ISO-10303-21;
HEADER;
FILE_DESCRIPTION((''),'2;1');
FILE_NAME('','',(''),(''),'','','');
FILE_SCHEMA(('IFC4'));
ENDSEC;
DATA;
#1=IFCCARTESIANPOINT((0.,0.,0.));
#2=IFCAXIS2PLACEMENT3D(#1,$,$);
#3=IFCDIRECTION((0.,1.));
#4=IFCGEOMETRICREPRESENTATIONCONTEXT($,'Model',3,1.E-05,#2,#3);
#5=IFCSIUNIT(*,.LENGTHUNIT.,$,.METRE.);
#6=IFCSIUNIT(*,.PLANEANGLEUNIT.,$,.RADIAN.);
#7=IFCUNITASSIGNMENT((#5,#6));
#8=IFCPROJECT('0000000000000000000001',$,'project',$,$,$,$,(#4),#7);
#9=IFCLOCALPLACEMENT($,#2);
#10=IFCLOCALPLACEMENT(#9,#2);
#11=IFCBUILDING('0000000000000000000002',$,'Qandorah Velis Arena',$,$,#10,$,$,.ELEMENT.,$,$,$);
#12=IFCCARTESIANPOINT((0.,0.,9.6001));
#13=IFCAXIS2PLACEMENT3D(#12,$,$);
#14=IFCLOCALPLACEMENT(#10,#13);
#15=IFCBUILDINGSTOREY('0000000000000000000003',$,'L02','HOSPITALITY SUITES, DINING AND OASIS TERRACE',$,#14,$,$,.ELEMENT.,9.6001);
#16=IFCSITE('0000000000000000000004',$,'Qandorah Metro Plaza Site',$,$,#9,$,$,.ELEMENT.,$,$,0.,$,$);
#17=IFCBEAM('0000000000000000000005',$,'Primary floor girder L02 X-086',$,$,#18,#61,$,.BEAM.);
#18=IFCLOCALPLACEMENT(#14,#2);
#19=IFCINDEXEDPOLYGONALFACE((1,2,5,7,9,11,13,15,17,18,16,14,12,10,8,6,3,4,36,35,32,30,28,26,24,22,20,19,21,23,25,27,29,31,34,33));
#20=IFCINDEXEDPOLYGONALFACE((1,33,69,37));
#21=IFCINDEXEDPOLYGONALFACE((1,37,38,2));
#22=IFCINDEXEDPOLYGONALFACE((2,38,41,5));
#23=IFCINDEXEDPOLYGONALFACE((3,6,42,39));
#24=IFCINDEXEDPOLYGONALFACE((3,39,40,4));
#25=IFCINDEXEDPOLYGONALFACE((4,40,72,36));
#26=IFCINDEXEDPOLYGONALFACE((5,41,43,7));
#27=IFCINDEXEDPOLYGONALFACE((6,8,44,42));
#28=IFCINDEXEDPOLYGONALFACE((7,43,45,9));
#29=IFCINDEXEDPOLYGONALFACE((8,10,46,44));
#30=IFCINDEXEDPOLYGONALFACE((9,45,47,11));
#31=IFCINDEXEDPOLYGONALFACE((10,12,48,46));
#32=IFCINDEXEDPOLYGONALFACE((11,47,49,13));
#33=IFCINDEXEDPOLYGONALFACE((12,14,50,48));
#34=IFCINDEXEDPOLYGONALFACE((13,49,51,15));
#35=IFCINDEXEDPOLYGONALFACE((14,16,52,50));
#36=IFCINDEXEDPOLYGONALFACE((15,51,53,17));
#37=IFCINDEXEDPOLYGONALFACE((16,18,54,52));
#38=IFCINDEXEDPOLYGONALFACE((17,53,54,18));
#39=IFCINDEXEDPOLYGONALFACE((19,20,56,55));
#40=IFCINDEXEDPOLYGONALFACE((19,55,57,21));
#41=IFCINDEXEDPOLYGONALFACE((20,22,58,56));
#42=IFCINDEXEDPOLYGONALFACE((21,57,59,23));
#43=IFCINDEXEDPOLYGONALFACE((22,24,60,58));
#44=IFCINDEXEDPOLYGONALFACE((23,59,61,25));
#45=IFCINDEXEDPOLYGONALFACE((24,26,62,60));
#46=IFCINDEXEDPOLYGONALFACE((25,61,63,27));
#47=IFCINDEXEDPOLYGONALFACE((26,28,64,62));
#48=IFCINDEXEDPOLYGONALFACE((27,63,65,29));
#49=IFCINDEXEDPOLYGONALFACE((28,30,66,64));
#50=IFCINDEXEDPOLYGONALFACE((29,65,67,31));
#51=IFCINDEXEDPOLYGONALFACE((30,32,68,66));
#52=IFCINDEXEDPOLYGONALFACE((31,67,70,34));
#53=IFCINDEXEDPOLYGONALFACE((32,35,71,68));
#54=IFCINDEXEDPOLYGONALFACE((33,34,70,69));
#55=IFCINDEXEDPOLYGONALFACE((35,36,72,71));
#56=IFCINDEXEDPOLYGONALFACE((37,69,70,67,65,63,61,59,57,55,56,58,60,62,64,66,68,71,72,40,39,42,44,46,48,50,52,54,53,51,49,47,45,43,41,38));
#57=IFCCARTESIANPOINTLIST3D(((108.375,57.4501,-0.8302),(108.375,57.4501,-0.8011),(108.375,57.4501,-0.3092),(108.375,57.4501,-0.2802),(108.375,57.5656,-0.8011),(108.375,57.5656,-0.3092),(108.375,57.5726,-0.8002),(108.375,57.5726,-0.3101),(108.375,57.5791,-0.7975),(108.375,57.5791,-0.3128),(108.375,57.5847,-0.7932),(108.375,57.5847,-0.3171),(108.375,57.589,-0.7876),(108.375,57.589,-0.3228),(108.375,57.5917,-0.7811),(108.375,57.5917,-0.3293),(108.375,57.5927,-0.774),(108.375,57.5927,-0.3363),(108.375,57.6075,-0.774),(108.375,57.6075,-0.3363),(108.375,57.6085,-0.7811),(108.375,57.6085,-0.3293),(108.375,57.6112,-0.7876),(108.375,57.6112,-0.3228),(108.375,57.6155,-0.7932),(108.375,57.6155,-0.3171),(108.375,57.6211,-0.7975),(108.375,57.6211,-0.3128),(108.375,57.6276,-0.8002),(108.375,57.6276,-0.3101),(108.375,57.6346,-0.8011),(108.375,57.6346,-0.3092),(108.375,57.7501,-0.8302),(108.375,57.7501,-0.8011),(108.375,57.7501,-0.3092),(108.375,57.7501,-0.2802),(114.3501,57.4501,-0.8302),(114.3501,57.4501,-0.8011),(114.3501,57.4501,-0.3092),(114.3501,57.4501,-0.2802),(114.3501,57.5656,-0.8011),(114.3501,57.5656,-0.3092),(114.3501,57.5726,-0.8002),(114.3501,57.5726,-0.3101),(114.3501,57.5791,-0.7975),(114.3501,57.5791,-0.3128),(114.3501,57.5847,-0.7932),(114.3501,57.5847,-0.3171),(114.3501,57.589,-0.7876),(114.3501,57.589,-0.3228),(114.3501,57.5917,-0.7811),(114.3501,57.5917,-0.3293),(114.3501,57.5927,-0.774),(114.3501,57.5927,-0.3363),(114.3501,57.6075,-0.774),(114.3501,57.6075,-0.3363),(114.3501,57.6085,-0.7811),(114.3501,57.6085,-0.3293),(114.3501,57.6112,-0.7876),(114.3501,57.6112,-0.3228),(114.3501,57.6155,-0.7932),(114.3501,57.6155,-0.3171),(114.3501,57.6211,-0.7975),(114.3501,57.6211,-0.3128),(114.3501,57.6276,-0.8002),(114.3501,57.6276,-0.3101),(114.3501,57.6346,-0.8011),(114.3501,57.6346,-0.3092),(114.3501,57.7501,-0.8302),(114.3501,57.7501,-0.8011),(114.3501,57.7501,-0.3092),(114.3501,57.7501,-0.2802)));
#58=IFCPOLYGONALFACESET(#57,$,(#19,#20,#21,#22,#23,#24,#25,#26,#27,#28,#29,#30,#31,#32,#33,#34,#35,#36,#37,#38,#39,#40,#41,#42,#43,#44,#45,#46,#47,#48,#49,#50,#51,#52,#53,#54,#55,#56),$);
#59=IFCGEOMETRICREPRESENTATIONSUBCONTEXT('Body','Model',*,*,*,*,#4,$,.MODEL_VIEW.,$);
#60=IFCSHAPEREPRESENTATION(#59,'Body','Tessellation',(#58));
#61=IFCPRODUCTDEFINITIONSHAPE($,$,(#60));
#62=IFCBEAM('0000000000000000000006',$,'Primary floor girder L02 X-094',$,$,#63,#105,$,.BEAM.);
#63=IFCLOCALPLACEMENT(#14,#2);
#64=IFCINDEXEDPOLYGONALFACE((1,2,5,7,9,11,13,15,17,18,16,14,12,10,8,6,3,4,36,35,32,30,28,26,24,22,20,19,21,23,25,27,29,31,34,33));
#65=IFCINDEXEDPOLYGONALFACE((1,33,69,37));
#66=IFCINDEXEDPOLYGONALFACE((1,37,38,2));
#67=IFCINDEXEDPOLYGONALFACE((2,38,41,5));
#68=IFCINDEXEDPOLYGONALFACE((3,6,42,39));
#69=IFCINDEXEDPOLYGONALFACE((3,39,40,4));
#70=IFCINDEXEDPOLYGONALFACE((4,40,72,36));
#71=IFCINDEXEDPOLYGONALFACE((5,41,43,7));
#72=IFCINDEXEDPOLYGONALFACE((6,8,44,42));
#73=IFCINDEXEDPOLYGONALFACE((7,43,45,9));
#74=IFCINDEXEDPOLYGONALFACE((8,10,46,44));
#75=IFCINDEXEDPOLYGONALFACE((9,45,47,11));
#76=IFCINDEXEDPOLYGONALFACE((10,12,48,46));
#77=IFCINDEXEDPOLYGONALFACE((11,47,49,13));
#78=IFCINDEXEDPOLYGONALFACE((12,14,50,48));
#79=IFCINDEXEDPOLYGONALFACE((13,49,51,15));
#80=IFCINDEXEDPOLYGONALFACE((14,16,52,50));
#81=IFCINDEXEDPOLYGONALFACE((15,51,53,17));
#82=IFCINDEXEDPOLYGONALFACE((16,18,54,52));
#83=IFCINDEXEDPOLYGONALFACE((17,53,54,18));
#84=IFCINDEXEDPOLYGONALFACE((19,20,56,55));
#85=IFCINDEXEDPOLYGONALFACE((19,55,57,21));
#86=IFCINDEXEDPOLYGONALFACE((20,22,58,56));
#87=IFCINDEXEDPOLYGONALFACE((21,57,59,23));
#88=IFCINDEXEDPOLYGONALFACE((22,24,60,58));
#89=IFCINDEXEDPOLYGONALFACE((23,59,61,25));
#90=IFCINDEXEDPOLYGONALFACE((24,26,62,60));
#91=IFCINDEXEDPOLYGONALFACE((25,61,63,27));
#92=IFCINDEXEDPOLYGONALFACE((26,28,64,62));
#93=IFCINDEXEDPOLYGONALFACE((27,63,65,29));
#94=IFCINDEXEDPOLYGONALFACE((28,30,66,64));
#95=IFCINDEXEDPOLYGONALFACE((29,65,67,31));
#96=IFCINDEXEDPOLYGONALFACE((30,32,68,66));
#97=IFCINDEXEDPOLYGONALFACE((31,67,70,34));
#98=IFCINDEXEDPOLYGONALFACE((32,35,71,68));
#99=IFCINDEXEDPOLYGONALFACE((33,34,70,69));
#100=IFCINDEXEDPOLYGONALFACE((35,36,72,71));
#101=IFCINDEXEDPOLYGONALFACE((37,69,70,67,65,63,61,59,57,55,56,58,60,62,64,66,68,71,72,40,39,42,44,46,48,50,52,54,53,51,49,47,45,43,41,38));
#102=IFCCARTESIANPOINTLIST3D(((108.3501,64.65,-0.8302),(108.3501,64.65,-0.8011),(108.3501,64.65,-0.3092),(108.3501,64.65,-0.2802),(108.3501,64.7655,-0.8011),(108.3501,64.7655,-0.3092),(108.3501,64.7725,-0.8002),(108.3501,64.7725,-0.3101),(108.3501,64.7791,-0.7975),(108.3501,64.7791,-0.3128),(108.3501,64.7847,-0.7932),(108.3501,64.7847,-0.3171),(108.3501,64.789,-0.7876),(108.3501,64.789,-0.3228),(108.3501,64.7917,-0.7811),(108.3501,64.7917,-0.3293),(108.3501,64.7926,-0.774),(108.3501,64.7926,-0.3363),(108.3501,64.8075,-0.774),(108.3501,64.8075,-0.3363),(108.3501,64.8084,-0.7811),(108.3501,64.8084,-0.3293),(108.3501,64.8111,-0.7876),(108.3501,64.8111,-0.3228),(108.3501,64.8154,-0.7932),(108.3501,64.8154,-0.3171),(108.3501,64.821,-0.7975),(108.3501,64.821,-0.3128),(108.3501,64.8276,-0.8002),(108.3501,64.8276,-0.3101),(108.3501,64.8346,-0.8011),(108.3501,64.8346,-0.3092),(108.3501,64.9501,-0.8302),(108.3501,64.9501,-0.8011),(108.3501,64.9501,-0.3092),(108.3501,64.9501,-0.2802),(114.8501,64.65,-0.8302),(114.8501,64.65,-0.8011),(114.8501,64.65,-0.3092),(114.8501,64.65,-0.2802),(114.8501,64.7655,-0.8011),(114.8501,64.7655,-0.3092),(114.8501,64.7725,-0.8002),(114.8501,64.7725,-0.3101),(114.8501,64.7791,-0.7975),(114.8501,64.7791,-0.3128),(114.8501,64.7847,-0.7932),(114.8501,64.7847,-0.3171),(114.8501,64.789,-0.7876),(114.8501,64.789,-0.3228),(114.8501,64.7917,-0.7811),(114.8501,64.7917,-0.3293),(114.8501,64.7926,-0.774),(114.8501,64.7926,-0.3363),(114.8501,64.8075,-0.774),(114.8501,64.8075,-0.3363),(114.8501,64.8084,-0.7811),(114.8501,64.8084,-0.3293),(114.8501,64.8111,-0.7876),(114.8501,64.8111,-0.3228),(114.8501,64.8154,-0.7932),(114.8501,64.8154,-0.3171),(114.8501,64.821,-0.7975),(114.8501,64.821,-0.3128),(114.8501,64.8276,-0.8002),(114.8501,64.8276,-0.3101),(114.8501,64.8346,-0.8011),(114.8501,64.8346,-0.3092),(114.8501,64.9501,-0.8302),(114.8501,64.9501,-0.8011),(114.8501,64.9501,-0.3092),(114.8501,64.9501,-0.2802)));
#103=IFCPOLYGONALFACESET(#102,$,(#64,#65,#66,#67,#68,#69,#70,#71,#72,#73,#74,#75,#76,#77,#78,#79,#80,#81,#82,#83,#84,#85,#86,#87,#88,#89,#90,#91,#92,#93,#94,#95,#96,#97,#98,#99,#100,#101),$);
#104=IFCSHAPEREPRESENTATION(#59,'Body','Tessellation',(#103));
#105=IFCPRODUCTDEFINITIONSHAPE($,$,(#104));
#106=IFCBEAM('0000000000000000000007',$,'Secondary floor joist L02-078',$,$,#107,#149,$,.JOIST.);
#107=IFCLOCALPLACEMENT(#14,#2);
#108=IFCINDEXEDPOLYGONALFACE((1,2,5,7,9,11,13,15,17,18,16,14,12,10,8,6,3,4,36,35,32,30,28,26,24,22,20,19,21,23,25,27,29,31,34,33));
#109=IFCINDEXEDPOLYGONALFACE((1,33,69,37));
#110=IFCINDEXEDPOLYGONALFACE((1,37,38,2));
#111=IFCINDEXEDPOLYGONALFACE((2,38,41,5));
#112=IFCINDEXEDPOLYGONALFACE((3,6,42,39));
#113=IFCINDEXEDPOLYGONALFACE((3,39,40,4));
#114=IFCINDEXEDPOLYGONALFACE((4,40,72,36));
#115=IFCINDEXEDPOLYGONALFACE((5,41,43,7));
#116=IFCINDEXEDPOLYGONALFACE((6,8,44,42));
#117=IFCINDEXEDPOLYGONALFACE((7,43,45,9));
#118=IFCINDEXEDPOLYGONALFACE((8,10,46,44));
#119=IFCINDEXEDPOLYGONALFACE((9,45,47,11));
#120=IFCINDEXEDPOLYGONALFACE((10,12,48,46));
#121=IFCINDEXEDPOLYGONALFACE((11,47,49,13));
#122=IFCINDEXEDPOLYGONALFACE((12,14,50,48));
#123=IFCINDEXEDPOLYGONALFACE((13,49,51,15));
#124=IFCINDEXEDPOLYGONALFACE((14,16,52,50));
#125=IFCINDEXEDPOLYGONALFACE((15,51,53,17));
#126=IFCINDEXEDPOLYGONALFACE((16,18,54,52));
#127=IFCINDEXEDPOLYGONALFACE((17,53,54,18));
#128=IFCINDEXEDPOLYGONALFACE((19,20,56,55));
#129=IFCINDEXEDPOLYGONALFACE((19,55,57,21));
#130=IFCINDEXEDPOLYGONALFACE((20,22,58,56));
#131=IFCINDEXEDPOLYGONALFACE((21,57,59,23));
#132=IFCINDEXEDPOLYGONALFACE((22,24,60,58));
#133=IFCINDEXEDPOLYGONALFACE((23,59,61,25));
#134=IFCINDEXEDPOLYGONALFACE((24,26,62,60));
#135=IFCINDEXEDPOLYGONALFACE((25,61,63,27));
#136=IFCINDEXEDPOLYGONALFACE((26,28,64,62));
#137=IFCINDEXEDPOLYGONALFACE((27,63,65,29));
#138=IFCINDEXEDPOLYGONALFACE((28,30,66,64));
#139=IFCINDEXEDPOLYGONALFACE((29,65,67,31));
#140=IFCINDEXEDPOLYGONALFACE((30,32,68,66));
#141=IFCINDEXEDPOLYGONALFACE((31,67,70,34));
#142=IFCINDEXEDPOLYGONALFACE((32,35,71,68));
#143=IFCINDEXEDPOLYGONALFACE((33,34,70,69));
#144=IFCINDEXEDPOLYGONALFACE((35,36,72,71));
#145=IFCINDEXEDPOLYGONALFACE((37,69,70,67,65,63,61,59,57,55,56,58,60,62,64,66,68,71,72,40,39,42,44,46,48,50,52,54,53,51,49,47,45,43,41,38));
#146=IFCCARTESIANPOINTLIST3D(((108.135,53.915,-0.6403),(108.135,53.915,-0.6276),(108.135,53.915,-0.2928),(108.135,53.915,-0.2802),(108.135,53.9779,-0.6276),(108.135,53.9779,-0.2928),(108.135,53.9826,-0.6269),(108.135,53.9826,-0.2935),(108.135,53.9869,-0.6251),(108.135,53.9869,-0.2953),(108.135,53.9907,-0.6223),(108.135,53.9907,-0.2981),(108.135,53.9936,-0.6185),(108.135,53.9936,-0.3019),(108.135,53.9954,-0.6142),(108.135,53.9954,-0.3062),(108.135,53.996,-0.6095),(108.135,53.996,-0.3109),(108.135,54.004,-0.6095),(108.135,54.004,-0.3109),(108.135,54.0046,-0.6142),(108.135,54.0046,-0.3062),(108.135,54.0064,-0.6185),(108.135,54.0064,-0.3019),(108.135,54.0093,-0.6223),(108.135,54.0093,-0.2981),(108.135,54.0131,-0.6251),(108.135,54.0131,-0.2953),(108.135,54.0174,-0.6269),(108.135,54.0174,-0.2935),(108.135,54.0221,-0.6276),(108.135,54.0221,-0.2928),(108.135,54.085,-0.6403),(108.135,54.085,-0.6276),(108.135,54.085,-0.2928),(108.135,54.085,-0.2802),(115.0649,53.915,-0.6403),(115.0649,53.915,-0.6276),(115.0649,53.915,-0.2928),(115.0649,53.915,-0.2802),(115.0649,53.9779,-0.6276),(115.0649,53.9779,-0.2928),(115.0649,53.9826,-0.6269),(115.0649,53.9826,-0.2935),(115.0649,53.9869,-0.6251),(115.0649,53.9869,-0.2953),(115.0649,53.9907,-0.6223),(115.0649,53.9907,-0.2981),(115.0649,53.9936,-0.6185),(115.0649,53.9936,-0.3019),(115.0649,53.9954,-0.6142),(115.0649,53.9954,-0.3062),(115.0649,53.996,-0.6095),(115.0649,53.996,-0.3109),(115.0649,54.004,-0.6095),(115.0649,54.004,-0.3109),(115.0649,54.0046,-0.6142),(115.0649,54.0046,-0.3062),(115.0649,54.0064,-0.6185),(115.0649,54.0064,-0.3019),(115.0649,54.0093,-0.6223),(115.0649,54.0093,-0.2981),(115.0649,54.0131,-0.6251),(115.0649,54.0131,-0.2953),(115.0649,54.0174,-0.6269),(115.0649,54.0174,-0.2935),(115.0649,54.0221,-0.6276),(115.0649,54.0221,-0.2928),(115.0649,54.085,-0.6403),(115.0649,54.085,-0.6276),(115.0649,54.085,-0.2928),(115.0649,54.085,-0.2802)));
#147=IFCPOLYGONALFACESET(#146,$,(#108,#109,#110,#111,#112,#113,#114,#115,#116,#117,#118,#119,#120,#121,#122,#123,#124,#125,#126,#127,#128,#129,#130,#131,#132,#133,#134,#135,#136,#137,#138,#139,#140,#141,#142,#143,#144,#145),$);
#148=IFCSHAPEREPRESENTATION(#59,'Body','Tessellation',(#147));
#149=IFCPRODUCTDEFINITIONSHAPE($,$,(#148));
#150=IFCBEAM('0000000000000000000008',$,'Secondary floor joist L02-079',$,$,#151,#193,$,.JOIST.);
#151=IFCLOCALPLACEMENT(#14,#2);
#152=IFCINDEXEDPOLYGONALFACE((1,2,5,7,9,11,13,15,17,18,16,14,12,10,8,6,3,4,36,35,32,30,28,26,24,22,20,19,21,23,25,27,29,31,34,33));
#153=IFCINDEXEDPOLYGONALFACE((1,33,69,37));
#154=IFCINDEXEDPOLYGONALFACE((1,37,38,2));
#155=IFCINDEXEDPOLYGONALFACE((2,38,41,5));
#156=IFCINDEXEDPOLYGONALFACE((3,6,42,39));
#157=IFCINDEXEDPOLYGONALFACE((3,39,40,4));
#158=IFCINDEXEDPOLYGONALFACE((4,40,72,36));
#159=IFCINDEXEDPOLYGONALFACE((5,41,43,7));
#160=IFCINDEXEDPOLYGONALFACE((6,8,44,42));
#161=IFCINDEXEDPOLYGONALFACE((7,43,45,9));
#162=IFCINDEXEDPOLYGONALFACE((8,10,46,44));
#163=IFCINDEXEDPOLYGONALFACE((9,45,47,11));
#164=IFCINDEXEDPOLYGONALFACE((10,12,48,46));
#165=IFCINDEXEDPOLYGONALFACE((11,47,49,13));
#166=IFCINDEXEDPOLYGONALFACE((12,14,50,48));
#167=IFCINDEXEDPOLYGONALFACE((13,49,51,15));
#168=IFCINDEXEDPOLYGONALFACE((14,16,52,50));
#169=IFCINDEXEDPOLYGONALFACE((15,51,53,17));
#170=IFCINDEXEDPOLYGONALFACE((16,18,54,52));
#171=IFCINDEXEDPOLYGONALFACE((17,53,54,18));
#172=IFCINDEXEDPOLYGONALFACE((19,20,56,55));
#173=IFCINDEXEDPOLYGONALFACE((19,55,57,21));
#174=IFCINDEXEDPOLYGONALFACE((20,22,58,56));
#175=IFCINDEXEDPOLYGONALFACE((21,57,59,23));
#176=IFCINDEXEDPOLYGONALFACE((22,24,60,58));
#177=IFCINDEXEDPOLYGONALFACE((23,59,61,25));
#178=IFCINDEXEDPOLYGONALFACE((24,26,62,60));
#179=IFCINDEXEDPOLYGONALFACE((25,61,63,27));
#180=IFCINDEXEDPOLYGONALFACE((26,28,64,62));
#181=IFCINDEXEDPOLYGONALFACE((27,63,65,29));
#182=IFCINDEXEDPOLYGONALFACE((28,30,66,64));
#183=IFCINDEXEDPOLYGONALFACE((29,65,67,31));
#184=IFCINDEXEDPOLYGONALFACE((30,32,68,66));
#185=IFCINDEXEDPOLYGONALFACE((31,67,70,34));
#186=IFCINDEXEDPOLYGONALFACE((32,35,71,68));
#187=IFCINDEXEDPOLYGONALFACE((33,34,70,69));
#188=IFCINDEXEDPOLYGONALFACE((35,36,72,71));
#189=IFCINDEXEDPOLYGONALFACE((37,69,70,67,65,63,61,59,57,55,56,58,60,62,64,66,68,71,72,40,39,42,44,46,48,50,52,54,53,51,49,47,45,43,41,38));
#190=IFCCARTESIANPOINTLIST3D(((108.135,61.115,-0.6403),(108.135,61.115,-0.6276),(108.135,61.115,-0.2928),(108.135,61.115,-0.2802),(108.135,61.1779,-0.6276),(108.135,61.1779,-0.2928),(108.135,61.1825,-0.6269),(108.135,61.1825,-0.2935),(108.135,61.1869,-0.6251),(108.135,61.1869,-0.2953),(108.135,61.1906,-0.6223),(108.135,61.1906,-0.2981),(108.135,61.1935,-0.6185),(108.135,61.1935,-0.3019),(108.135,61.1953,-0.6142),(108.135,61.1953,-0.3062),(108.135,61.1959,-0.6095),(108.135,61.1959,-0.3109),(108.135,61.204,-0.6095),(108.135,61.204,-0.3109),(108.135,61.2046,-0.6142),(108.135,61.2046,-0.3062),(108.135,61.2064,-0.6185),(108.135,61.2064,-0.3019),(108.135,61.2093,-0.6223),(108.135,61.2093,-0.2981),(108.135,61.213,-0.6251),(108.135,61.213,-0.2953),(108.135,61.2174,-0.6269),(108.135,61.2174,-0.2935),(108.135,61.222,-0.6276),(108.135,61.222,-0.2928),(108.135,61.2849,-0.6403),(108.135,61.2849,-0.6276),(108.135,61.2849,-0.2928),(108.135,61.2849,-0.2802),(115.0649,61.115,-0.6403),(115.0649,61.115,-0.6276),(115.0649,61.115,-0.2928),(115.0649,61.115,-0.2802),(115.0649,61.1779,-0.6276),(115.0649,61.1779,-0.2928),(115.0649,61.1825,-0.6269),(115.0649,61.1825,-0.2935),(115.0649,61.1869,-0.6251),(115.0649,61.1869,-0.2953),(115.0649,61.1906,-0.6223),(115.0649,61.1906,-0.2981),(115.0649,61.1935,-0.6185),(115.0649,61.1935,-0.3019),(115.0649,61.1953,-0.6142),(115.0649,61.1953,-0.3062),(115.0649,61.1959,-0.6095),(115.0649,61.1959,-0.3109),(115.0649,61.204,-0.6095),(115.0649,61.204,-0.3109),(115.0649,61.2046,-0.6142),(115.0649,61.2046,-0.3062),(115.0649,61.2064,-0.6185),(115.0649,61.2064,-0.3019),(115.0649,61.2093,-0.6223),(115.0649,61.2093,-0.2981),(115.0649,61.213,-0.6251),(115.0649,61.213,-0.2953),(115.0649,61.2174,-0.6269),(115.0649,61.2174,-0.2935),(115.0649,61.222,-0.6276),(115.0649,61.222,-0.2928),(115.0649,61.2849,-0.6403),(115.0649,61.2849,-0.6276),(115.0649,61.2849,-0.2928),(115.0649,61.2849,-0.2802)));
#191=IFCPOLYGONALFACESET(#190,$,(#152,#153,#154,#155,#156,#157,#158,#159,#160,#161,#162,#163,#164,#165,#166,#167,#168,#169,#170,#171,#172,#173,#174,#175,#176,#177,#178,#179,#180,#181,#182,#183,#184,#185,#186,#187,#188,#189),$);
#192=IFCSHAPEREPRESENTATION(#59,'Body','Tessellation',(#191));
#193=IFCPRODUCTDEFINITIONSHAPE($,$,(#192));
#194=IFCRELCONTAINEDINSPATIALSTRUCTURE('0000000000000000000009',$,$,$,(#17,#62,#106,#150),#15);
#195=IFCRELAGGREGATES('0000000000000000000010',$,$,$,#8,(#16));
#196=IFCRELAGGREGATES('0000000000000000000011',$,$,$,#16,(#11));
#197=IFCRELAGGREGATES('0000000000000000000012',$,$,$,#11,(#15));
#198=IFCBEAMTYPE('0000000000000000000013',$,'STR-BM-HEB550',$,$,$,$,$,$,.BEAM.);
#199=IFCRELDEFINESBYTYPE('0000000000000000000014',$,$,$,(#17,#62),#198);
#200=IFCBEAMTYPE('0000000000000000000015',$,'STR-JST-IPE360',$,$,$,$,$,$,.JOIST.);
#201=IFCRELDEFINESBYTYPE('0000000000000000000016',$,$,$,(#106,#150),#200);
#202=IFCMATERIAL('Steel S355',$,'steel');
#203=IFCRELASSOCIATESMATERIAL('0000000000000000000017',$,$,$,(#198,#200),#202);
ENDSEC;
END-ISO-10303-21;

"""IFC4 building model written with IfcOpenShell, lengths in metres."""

from ifc_helpers import new_model, si_unit, direction, frame, origin, origin_2d, place, context, subcontext, project, spatial, i_section, extrude, material, material_profile, profile_set, type_object, element, save


model = new_model("IFC4")

# Units and contexts
model_context = context("Model", 3, precision=1e-05, world=origin(), true_north=direction((0.0, 1.0)))
body_context = subcontext(model_context, "Body", "Model", "MODEL_VIEW")
ifc_project = project(units=[si_unit("LENGTHUNIT", "METRE"), si_unit("PLANEANGLEUNIT", "RADIAN")], contexts=[model_context])

# Site, building, storey
site_placement = place(None, origin())
site = spatial("IfcSite", under=ifc_project, at=site_placement, Name="Qandorah Metro Plaza Site", CompositionType="ELEMENT", RefElevation=0.0)
building_placement = place(site_placement, origin())
building = spatial("IfcBuilding", under=site, at=building_placement, Name="Qandorah Velis Arena", CompositionType="ELEMENT")
storey_placement = place(building_placement, frame((0.0, 0.0, 9.6001)))
storey = spatial("IfcBuildingStorey", under=building, at=storey_placement, Name="L02", Description="HOSPITALITY SUITES, DINING AND OASIS TERRACE", CompositionType="ELEMENT", Elevation=9.6001)

# Beams
ifc_material_1 = material(Name="Steel S355", Category="steel")
ifc_material_profile_1 = material_profile(ifc_material_1, i_section(OverallWidth=0.3, OverallDepth=0.55, WebThickness=0.0149, FlangeThickness=0.0291, FilletRadius=0.0271, at=origin_2d()), Name="HEB 550")
ifc_profile_set_1 = profile_set([ifc_material_profile_1], Name="Steel S355")
beam_type_1 = type_object("IfcBeamType", Name="STR-BM-HEB550", PredefinedType="BEAM", material=ifc_profile_set_1)
beam_1_placement = place(storey_placement, frame((108.375, 57.6001, -0.5552), z_axis=(1.0, 0.0, 0.0), x_axis=(0.0, 1.0, 0.0)))
element("IfcBeam", 1, at=beam_1_placement, inside=storey, type_object=beam_type_1, Name="Primary floor girder L02 X-086", PredefinedType="BEAM", context=body_context, shape_type="SweptSolid", body=[
    extrude(i_section(OverallWidth=0.3, OverallDepth=0.55, WebThickness=0.0149, FlangeThickness=0.0291, FilletRadius=0.0271, at=origin_2d()), origin(), (0.0, 0.0, 1.0), 5.9751),
])
beam_2_placement = place(storey_placement, frame((108.3501, 64.8, -0.5552), z_axis=(1.0, 0.0, 0.0), x_axis=(0.0, 1.0, 0.0)))
element("IfcBeam", 2, at=beam_2_placement, inside=storey, type_object=beam_type_1, Name="Primary floor girder L02 X-094", PredefinedType="BEAM", context=body_context, shape_type="SweptSolid", body=[
    extrude(i_section(OverallWidth=0.3, OverallDepth=0.55, WebThickness=0.0149, FlangeThickness=0.0291, FilletRadius=0.0271, at=origin_2d()), origin(), (0.0, 0.0, 1.0), 6.5),
])
ifc_material_profile_2 = material_profile(ifc_material_1, i_section(OverallWidth=0.1699, OverallDepth=0.3601, WebThickness=0.0081, FlangeThickness=0.0127, FilletRadius=0.0181, at=origin_2d()), Name="IPE 360")
ifc_profile_set_2 = profile_set([ifc_material_profile_2], Name="Steel S355")
beam_type_2 = type_object("IfcBeamType", Name="STR-JST-IPE360", PredefinedType="JOIST", material=ifc_profile_set_2)
for number, where, z_axis, x_axis, name in (
    (3, (108.135, 54.0, -0.4602), (1.0, 0.0, 0.0), (0.0, 1.0, 0.0), "Secondary floor joist L02-078"),
    (4, (108.135, 61.2, -0.4602), (1.0, 0.0, 0.0), (0.0, 1.0, 0.0), "Secondary floor joist L02-079"),
):
    element("IfcBeam", number, at=place(storey_placement, frame(where, z_axis=z_axis, x_axis=x_axis)), inside=storey, type_object=beam_type_2, Name=name, PredefinedType="JOIST", context=body_context, shape_type="SweptSolid", body=[
        extrude(i_section(OverallWidth=0.1699, OverallDepth=0.3601, WebThickness=0.0081, FlangeThickness=0.0127, FilletRadius=0.0181, at=origin_2d()), origin(), (0.0, 0.0, 1.0), 6.9299),
    ])

save(model, "model.ifc")
